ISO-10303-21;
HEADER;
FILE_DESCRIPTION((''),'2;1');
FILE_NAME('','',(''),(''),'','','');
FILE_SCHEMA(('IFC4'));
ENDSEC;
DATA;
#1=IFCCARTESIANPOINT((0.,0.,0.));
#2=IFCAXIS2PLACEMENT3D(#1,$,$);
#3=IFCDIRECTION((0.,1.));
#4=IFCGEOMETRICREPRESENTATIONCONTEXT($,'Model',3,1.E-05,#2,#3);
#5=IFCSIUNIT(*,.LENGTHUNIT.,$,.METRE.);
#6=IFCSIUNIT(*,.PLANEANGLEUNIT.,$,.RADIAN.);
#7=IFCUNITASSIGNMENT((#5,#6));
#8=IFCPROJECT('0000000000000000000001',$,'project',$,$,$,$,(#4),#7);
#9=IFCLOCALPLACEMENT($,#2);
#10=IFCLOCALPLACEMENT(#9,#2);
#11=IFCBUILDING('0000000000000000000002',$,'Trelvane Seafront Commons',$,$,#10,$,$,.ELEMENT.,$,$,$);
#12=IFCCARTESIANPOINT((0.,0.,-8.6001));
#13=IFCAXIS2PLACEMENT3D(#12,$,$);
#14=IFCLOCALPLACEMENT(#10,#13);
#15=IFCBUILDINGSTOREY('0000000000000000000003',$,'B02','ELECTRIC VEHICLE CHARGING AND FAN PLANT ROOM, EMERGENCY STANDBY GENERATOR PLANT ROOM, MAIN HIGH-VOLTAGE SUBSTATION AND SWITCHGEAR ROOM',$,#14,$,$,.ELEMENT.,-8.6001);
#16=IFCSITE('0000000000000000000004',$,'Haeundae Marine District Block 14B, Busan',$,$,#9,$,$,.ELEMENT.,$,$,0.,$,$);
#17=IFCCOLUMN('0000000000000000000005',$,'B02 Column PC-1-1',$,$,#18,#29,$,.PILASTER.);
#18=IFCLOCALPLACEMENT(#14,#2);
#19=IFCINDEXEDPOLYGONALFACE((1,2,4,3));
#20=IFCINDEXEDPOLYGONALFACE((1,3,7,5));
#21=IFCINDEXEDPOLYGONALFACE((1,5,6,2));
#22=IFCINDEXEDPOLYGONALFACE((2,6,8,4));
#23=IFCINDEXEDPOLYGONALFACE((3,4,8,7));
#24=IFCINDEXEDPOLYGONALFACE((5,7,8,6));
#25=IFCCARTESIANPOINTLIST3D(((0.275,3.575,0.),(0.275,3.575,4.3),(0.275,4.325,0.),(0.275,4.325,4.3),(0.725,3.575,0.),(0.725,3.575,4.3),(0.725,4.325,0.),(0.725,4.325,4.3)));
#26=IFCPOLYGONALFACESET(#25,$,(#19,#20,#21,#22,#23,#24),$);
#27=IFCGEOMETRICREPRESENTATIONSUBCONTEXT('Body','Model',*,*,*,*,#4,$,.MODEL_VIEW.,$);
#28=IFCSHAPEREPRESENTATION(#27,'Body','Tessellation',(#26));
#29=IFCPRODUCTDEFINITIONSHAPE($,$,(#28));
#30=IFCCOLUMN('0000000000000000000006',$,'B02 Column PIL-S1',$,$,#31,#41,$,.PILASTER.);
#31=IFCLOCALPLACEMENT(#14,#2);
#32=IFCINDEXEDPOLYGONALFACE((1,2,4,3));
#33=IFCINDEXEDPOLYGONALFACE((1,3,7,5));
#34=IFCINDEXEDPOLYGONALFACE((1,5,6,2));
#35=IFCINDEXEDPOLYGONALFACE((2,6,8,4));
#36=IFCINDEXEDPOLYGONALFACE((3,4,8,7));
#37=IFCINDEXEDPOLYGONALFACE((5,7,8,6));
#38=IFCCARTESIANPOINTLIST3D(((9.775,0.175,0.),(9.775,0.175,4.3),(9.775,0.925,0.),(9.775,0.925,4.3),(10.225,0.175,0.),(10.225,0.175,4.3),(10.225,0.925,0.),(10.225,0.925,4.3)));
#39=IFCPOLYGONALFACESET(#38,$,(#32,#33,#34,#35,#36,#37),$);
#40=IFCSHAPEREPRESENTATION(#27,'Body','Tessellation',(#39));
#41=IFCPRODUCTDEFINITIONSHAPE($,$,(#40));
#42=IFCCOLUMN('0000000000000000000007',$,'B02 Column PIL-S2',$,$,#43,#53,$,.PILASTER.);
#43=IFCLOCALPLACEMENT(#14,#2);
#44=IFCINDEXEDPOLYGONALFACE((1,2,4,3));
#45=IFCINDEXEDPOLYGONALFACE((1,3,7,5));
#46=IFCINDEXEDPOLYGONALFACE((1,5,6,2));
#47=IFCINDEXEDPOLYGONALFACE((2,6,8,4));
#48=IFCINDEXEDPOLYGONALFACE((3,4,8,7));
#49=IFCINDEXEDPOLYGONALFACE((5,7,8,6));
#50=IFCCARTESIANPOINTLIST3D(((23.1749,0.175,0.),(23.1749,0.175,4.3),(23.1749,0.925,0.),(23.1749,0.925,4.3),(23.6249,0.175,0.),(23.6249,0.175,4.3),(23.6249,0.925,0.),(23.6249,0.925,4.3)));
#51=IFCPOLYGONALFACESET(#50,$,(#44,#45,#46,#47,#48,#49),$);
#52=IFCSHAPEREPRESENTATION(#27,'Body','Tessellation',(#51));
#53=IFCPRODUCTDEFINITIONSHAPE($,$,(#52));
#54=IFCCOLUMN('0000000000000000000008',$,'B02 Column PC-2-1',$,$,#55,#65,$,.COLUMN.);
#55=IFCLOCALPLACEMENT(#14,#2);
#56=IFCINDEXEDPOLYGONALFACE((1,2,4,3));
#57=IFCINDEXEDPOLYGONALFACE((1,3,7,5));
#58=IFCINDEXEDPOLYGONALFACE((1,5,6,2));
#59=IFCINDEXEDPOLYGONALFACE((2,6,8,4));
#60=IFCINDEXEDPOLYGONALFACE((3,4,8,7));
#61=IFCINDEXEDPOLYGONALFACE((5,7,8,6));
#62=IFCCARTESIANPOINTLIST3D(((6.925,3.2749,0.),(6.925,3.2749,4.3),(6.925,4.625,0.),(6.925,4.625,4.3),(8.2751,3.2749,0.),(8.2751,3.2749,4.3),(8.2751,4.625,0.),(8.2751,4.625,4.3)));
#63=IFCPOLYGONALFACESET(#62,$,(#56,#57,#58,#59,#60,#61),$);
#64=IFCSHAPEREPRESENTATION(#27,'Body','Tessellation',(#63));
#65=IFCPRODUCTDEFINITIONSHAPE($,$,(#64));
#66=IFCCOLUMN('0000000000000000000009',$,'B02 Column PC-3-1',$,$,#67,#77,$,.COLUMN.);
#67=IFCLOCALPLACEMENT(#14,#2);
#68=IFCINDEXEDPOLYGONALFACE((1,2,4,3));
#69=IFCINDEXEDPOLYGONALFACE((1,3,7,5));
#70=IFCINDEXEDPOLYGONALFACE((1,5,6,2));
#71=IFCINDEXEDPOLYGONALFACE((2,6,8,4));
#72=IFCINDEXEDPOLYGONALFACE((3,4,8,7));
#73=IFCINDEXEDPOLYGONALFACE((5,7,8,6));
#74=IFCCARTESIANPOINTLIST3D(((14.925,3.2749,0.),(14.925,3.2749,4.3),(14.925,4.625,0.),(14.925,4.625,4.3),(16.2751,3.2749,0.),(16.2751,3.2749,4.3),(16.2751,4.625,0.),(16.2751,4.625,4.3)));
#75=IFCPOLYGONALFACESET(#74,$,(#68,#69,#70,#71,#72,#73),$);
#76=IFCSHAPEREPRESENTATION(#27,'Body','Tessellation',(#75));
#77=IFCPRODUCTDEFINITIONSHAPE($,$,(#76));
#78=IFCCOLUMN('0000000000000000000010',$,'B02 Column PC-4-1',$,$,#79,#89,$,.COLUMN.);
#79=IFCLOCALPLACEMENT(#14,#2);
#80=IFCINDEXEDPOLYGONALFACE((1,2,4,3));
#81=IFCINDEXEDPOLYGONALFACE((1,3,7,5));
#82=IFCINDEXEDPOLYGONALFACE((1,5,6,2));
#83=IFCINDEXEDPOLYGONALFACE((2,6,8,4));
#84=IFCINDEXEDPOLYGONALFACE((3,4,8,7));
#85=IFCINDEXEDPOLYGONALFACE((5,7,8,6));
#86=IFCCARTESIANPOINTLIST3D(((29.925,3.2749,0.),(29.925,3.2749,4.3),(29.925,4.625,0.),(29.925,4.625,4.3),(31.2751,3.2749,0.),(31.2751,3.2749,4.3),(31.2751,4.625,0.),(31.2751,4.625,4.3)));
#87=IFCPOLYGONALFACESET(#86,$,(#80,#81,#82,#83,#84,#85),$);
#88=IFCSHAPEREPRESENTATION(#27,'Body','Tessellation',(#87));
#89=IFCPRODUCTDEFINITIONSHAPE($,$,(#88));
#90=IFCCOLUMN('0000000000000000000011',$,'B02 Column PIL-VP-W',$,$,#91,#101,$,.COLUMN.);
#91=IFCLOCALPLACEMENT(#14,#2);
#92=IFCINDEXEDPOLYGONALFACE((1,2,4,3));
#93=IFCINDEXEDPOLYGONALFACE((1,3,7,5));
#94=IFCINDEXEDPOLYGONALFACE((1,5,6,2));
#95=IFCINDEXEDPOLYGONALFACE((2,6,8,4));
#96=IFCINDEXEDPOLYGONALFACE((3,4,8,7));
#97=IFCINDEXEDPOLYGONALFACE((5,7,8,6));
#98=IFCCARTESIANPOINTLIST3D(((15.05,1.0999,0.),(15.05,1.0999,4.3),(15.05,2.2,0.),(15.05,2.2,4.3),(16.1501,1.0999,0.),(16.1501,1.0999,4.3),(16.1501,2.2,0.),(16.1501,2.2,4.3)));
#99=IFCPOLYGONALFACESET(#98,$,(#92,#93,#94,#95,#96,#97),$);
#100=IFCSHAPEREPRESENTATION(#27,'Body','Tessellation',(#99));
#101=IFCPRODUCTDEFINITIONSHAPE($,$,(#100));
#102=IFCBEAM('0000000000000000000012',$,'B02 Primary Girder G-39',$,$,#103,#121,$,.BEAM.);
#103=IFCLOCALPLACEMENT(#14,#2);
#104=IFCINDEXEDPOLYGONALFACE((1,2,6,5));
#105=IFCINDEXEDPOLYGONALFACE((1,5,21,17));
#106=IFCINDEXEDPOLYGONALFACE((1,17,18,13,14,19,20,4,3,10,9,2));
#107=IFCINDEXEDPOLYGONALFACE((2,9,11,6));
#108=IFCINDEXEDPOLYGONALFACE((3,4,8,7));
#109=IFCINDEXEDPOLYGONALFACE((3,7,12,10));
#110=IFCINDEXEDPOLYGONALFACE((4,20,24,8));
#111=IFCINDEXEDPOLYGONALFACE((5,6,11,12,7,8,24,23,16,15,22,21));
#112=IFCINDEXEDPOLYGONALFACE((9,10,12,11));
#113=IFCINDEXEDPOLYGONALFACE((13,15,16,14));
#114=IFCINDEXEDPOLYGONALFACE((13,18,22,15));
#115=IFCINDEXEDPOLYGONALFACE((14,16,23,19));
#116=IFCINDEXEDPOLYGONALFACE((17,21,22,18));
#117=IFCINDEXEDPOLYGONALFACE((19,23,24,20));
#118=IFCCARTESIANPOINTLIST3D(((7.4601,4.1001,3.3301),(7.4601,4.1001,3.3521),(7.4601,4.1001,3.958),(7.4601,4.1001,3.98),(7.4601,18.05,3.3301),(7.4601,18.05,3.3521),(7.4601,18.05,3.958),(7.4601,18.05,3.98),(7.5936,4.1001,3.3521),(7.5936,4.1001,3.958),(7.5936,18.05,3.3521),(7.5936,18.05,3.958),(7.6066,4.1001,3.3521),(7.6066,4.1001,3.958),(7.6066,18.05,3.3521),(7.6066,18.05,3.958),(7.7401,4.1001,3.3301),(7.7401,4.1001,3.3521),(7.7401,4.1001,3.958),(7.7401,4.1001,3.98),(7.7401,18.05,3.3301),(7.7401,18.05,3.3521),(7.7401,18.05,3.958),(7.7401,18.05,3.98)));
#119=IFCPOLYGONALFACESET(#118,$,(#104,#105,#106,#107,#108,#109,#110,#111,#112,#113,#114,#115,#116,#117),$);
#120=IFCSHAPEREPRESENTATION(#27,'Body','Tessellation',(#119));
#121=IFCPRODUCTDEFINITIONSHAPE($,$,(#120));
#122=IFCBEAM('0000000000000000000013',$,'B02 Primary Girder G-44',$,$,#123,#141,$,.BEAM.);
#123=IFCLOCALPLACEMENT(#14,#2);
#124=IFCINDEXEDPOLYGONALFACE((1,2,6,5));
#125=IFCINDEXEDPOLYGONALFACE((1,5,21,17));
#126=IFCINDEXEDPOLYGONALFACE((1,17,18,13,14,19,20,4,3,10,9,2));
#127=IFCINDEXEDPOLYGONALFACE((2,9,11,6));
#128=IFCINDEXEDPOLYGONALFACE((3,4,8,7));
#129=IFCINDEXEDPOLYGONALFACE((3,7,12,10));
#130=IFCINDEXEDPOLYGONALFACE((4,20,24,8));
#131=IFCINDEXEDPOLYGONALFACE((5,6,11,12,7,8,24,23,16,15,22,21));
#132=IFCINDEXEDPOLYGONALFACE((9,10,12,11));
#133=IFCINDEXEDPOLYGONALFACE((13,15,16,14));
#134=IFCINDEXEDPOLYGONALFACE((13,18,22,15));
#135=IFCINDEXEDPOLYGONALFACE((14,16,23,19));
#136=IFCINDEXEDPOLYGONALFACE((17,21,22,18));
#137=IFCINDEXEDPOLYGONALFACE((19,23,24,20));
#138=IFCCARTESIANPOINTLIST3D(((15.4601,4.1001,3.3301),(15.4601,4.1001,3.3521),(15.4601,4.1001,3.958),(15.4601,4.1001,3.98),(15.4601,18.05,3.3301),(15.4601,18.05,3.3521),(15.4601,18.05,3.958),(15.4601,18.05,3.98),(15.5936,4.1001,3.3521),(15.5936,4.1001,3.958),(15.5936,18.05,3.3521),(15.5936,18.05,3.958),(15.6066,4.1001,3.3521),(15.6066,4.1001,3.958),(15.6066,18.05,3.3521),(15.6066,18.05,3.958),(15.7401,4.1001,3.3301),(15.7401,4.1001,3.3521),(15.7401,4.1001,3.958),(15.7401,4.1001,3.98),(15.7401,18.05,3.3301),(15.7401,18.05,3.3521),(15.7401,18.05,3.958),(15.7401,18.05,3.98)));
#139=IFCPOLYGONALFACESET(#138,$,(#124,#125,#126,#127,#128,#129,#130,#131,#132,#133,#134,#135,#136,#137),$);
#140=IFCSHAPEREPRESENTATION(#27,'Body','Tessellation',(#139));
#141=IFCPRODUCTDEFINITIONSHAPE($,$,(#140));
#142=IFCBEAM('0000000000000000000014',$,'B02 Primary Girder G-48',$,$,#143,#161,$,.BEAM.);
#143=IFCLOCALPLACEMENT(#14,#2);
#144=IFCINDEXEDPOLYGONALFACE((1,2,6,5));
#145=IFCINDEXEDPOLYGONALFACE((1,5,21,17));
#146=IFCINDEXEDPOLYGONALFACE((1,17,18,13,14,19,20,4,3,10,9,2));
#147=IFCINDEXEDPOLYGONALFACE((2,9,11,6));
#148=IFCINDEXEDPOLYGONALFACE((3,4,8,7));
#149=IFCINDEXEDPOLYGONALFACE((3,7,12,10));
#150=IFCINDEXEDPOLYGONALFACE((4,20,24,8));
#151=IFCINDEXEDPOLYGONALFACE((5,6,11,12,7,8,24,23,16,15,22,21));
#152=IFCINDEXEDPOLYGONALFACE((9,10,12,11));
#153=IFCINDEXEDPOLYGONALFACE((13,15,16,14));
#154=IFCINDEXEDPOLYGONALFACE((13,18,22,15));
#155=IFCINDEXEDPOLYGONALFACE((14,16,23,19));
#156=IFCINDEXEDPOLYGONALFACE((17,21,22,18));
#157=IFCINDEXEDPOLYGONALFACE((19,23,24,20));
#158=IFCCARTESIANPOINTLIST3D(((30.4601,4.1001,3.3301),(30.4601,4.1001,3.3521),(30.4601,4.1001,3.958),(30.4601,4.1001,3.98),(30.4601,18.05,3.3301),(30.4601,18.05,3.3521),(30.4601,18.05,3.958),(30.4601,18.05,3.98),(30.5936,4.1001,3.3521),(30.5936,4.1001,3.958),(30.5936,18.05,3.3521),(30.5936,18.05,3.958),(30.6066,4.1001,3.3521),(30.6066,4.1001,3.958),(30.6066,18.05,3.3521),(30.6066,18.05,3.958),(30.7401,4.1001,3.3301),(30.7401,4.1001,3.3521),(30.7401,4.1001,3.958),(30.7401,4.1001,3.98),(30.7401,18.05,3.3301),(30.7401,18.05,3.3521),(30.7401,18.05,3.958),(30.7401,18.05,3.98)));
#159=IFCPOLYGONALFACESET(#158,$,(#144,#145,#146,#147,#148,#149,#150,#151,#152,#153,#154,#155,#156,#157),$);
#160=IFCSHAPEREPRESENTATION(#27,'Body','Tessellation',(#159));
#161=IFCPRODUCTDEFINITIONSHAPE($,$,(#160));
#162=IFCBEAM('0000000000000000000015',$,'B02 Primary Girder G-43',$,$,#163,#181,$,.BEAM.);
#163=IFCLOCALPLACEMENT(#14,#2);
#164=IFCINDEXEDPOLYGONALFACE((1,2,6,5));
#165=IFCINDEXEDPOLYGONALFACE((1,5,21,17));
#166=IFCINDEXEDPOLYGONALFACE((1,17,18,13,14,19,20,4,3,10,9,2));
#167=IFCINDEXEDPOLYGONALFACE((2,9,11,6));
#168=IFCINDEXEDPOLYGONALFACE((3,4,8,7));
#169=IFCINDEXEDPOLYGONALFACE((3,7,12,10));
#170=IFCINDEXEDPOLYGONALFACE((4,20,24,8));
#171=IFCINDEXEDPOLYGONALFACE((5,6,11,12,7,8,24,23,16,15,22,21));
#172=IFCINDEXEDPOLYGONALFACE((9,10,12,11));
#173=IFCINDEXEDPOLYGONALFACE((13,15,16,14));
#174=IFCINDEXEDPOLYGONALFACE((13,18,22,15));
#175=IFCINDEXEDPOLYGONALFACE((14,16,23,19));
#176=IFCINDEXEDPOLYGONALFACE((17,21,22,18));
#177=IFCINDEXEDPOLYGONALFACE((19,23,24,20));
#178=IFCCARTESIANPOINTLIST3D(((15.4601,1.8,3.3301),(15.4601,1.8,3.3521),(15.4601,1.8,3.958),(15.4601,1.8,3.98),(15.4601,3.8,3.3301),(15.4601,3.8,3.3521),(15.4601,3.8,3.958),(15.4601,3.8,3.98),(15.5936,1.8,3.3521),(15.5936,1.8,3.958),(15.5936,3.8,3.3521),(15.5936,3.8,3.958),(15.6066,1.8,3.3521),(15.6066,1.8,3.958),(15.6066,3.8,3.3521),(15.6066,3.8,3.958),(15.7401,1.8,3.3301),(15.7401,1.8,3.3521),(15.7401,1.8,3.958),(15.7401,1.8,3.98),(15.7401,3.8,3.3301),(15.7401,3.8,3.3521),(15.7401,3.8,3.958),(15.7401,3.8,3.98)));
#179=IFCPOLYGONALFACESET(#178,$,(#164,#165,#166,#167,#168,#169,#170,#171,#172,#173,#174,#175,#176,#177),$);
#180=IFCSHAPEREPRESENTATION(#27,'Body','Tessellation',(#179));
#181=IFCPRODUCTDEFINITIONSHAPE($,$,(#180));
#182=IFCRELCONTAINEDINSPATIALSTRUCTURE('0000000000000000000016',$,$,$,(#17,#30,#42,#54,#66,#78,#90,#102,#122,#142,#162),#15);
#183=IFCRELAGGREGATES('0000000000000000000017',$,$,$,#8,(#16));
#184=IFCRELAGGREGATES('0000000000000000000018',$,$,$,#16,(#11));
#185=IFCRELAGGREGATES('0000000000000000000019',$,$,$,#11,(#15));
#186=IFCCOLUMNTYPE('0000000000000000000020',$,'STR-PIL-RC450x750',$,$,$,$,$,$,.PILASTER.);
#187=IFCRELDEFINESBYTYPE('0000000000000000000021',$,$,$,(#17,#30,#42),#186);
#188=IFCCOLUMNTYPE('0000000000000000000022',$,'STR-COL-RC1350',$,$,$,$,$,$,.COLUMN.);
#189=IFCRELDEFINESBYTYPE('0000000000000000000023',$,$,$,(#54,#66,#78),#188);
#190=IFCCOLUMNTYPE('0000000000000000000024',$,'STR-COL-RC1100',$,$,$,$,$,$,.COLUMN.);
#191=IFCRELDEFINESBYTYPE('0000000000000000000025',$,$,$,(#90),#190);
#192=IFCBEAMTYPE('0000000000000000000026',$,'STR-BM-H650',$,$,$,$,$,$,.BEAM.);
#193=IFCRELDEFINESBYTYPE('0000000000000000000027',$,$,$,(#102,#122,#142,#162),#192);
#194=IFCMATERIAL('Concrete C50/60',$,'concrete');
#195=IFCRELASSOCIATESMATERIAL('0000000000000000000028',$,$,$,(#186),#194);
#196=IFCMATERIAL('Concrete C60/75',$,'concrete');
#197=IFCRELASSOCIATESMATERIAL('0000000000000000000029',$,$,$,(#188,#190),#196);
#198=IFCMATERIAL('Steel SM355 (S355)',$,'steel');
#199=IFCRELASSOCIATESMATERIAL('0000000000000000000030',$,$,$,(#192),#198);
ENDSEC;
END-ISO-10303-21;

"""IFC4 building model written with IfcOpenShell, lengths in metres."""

from ifc_helpers import new_model, si_unit, direction, frame, origin, origin_2d, place, context, subcontext, project, spatial, rectangle, i_section, extrude, source, transform, mapped, material, material_profile, profile_set, type_object, element, save


model = new_model("IFC4")

# Units and contexts
model_context = context("Model", 3, precision=1e-05, world=origin(), true_north=direction((0.0, 1.0)))
body_context = subcontext(model_context, "Body", "Model", "MODEL_VIEW")
ifc_project = project(units=[si_unit("LENGTHUNIT", "METRE"), si_unit("PLANEANGLEUNIT", "RADIAN")], contexts=[model_context])

# Site, building, storey
site_placement = place(None, origin())
site = spatial("IfcSite", under=ifc_project, at=site_placement, Name="Haeundae Marine District Block 14B, Busan", CompositionType="ELEMENT", RefElevation=0.0)
building_placement = place(site_placement, origin())
building = spatial("IfcBuilding", under=site, at=building_placement, Name="Trelvane Seafront Commons", CompositionType="ELEMENT")
storey_placement = place(building_placement, frame((0.0, 0.0, -8.6001)))
storey = spatial("IfcBuildingStorey", under=building, at=storey_placement, Name="B02", Description="ELECTRIC VEHICLE CHARGING AND FAN PLANT ROOM, EMERGENCY STANDBY GENERATOR PLANT ROOM, MAIN HIGH-VOLTAGE SUBSTATION AND SWITCHGEAR ROOM", CompositionType="ELEMENT", Elevation=-8.6001)

# Columns
ifc_material_1 = material(Name="Concrete C50/60", Category="concrete")
ifc_material_profile_1 = material_profile(ifc_material_1, rectangle(XDim=0.45, YDim=0.75, at=origin_2d()), Name="RC-450x750")
ifc_profile_set_1 = profile_set([ifc_material_profile_1], Name="Concrete C50/60")
column_type_1 = type_object("IfcColumnType", Name="STR-PIL-RC450x750", PredefinedType="PILASTER", material=ifc_profile_set_1)
shared_shape_1 = source(origin(), body_context, "Body", "SweptSolid", [
    extrude(rectangle(XDim=0.45, YDim=0.75, at=origin_2d()), origin(), (0.0, 0.0, 1.0), 4.3),
])
for number, where, z_axis, x_axis, name in (
    (1, (0.5, 3.95, 0.0), (0.0, 0.0, 1.0), (1.0, 0.0, 0.0), "B02 Column PC-1-1"),
    (2, (10.0, 0.55, 0.0), (0.0, 0.0, 1.0), (1.0, 0.0, 0.0), "B02 Column PIL-S1"),
    (3, (23.3999, 0.55, 0.0), (0.0, 0.0, 1.0), (1.0, 0.0, 0.0), "B02 Column PIL-S2"),
):
    element("IfcColumn", number, at=place(storey_placement, frame(where, z_axis=z_axis, x_axis=x_axis)), inside=storey, type_object=column_type_1, Name=name, PredefinedType="PILASTER", context=body_context, shape_type="MappedRepresentation", body=[
        mapped(shared_shape_1, transform((0.0, 0.0, 0.0), x_axis=(1.0, 0.0, 0.0), y_axis=(0.0, 1.0, 0.0), z_axis=(0.0, 0.0, 1.0), scale=1.0)),
    ])
ifc_material_2 = material(Name="Concrete C60/75", Category="concrete")
ifc_material_profile_2 = material_profile(ifc_material_2, rectangle(XDim=1.3501, YDim=1.3501, at=origin_2d()), Name="RC-1350x1350")
ifc_profile_set_2 = profile_set([ifc_material_profile_2], Name="Concrete C60/75")
column_type_2 = type_object("IfcColumnType", Name="STR-COL-RC1350", PredefinedType="COLUMN", material=ifc_profile_set_2)
shared_shape_2 = source(origin(), body_context, "Body", "SweptSolid", [
    extrude(rectangle(XDim=1.3501, YDim=1.3501, at=origin_2d()), origin(), (0.0, 0.0, 1.0), 4.3),
])
for number, where, z_axis, x_axis, name in (
    (4, (7.6001, 3.95, 0.0), (0.0, 0.0, 1.0), (1.0, 0.0, 0.0), "B02 Column PC-2-1"),
    (5, (15.6001, 3.95, 0.0), (0.0, 0.0, 1.0), (1.0, 0.0, 0.0), "B02 Column PC-3-1"),
    (6, (30.6001, 3.95, 0.0), (0.0, 0.0, 1.0), (1.0, 0.0, 0.0), "B02 Column PC-4-1"),
):
    element("IfcColumn", number, at=place(storey_placement, frame(where, z_axis=z_axis, x_axis=x_axis)), inside=storey, type_object=column_type_2, Name=name, PredefinedType="COLUMN", context=body_context, shape_type="MappedRepresentation", body=[
        mapped(shared_shape_2, transform((0.0, 0.0, 0.0), x_axis=(1.0, 0.0, 0.0), y_axis=(0.0, 1.0, 0.0), z_axis=(0.0, 0.0, 1.0), scale=1.0)),
    ])
ifc_material_profile_3 = material_profile(ifc_material_2, rectangle(XDim=1.1001, YDim=1.1001, at=origin_2d()), Name="RC-1100x1100")
ifc_profile_set_3 = profile_set([ifc_material_profile_3], Name="Concrete C60/75")
column_type_3 = type_object("IfcColumnType", Name="STR-COL-RC1100", PredefinedType="COLUMN", material=ifc_profile_set_3)
shared_shape_3 = source(origin(), body_context, "Body", "SweptSolid", [
    extrude(rectangle(XDim=1.1001, YDim=1.1001, at=origin_2d()), origin(), (0.0, 0.0, 1.0), 4.3),
])
column_placement = place(storey_placement, frame((15.6001, 1.6499, 0.0), z_axis=(0.0, 0.0, 1.0), x_axis=(1.0, 0.0, 0.0)))
element("IfcColumn", 7, at=column_placement, inside=storey, type_object=column_type_3, Name="B02 Column PIL-VP-W", PredefinedType="COLUMN", context=body_context, shape_type="MappedRepresentation", body=[
    mapped(shared_shape_3, transform((0.0, 0.0, 0.0), x_axis=(1.0, 0.0, 0.0), y_axis=(0.0, 1.0, 0.0), z_axis=(0.0, 0.0, 1.0), scale=1.0)),
])

# Beams
ifc_material_3 = material(Name="Steel SM355 (S355)", Category="steel")
ifc_material_profile_4 = material_profile(ifc_material_3, i_section(OverallWidth=0.28, OverallDepth=0.6499, WebThickness=0.0129, FlangeThickness=0.022, at=origin_2d()), Name="H-650x280x13x22")
ifc_profile_set_4 = profile_set([ifc_material_profile_4], Name="Steel SM355 (S355)")
beam_type_1 = type_object("IfcBeamType", Name="STR-BM-H650", PredefinedType="BEAM", material=ifc_profile_set_4)
shared_shape_4 = source(origin(), body_context, "Body", "SweptSolid", [
    extrude(i_section(OverallWidth=0.28, OverallDepth=0.6499, WebThickness=0.0129, FlangeThickness=0.022, at=origin_2d()), origin(), (0.0, 0.0, 1.0), 13.95),
])
for number, where, z_axis, x_axis, name in (
    (8, (7.6001, 4.1001, 3.655), (0.0, 1.0, 0.0), (-1.0, 0.0, 0.0), "B02 Primary Girder G-39"),
    (9, (15.6001, 4.1001, 3.655), (0.0, 1.0, 0.0), (-1.0, 0.0, 0.0), "B02 Primary Girder G-44"),
    (10, (30.6001, 4.1001, 3.655), (0.0, 1.0, 0.0), (-1.0, 0.0, 0.0), "B02 Primary Girder G-48"),
):
    element("IfcBeam", number, at=place(storey_placement, frame(where, z_axis=z_axis, x_axis=x_axis)), inside=storey, type_object=beam_type_1, Name=name, PredefinedType="BEAM", context=body_context, shape_type="MappedRepresentation", body=[
        mapped(shared_shape_4, transform((0.0, 0.0, 0.0), x_axis=(1.0, 0.0, 0.0), y_axis=(0.0, 1.0, 0.0), z_axis=(0.0, 0.0, 1.0), scale=1.0)),
    ])
shared_shape_5 = source(origin(), body_context, "Body", "SweptSolid", [
    extrude(i_section(OverallWidth=0.28, OverallDepth=0.6499, WebThickness=0.0129, FlangeThickness=0.022, at=origin_2d()), origin(), (0.0, 0.0, 1.0), 2.0),
])
beam_1_placement = place(storey_placement, frame((15.6001, 1.8, 3.655), z_axis=(0.0, 1.0, 0.0), x_axis=(-1.0, 0.0, 0.0)))
element("IfcBeam", 11, at=beam_1_placement, inside=storey, type_object=beam_type_1, Name="B02 Primary Girder G-43", PredefinedType="BEAM", context=body_context, shape_type="MappedRepresentation", body=[
    mapped(shared_shape_5, transform((0.0, 0.0, 0.0), x_axis=(1.0, 0.0, 0.0), y_axis=(0.0, 1.0, 0.0), z_axis=(0.0, 0.0, 1.0), scale=1.0)),
])

save(model, "model.ifc")
